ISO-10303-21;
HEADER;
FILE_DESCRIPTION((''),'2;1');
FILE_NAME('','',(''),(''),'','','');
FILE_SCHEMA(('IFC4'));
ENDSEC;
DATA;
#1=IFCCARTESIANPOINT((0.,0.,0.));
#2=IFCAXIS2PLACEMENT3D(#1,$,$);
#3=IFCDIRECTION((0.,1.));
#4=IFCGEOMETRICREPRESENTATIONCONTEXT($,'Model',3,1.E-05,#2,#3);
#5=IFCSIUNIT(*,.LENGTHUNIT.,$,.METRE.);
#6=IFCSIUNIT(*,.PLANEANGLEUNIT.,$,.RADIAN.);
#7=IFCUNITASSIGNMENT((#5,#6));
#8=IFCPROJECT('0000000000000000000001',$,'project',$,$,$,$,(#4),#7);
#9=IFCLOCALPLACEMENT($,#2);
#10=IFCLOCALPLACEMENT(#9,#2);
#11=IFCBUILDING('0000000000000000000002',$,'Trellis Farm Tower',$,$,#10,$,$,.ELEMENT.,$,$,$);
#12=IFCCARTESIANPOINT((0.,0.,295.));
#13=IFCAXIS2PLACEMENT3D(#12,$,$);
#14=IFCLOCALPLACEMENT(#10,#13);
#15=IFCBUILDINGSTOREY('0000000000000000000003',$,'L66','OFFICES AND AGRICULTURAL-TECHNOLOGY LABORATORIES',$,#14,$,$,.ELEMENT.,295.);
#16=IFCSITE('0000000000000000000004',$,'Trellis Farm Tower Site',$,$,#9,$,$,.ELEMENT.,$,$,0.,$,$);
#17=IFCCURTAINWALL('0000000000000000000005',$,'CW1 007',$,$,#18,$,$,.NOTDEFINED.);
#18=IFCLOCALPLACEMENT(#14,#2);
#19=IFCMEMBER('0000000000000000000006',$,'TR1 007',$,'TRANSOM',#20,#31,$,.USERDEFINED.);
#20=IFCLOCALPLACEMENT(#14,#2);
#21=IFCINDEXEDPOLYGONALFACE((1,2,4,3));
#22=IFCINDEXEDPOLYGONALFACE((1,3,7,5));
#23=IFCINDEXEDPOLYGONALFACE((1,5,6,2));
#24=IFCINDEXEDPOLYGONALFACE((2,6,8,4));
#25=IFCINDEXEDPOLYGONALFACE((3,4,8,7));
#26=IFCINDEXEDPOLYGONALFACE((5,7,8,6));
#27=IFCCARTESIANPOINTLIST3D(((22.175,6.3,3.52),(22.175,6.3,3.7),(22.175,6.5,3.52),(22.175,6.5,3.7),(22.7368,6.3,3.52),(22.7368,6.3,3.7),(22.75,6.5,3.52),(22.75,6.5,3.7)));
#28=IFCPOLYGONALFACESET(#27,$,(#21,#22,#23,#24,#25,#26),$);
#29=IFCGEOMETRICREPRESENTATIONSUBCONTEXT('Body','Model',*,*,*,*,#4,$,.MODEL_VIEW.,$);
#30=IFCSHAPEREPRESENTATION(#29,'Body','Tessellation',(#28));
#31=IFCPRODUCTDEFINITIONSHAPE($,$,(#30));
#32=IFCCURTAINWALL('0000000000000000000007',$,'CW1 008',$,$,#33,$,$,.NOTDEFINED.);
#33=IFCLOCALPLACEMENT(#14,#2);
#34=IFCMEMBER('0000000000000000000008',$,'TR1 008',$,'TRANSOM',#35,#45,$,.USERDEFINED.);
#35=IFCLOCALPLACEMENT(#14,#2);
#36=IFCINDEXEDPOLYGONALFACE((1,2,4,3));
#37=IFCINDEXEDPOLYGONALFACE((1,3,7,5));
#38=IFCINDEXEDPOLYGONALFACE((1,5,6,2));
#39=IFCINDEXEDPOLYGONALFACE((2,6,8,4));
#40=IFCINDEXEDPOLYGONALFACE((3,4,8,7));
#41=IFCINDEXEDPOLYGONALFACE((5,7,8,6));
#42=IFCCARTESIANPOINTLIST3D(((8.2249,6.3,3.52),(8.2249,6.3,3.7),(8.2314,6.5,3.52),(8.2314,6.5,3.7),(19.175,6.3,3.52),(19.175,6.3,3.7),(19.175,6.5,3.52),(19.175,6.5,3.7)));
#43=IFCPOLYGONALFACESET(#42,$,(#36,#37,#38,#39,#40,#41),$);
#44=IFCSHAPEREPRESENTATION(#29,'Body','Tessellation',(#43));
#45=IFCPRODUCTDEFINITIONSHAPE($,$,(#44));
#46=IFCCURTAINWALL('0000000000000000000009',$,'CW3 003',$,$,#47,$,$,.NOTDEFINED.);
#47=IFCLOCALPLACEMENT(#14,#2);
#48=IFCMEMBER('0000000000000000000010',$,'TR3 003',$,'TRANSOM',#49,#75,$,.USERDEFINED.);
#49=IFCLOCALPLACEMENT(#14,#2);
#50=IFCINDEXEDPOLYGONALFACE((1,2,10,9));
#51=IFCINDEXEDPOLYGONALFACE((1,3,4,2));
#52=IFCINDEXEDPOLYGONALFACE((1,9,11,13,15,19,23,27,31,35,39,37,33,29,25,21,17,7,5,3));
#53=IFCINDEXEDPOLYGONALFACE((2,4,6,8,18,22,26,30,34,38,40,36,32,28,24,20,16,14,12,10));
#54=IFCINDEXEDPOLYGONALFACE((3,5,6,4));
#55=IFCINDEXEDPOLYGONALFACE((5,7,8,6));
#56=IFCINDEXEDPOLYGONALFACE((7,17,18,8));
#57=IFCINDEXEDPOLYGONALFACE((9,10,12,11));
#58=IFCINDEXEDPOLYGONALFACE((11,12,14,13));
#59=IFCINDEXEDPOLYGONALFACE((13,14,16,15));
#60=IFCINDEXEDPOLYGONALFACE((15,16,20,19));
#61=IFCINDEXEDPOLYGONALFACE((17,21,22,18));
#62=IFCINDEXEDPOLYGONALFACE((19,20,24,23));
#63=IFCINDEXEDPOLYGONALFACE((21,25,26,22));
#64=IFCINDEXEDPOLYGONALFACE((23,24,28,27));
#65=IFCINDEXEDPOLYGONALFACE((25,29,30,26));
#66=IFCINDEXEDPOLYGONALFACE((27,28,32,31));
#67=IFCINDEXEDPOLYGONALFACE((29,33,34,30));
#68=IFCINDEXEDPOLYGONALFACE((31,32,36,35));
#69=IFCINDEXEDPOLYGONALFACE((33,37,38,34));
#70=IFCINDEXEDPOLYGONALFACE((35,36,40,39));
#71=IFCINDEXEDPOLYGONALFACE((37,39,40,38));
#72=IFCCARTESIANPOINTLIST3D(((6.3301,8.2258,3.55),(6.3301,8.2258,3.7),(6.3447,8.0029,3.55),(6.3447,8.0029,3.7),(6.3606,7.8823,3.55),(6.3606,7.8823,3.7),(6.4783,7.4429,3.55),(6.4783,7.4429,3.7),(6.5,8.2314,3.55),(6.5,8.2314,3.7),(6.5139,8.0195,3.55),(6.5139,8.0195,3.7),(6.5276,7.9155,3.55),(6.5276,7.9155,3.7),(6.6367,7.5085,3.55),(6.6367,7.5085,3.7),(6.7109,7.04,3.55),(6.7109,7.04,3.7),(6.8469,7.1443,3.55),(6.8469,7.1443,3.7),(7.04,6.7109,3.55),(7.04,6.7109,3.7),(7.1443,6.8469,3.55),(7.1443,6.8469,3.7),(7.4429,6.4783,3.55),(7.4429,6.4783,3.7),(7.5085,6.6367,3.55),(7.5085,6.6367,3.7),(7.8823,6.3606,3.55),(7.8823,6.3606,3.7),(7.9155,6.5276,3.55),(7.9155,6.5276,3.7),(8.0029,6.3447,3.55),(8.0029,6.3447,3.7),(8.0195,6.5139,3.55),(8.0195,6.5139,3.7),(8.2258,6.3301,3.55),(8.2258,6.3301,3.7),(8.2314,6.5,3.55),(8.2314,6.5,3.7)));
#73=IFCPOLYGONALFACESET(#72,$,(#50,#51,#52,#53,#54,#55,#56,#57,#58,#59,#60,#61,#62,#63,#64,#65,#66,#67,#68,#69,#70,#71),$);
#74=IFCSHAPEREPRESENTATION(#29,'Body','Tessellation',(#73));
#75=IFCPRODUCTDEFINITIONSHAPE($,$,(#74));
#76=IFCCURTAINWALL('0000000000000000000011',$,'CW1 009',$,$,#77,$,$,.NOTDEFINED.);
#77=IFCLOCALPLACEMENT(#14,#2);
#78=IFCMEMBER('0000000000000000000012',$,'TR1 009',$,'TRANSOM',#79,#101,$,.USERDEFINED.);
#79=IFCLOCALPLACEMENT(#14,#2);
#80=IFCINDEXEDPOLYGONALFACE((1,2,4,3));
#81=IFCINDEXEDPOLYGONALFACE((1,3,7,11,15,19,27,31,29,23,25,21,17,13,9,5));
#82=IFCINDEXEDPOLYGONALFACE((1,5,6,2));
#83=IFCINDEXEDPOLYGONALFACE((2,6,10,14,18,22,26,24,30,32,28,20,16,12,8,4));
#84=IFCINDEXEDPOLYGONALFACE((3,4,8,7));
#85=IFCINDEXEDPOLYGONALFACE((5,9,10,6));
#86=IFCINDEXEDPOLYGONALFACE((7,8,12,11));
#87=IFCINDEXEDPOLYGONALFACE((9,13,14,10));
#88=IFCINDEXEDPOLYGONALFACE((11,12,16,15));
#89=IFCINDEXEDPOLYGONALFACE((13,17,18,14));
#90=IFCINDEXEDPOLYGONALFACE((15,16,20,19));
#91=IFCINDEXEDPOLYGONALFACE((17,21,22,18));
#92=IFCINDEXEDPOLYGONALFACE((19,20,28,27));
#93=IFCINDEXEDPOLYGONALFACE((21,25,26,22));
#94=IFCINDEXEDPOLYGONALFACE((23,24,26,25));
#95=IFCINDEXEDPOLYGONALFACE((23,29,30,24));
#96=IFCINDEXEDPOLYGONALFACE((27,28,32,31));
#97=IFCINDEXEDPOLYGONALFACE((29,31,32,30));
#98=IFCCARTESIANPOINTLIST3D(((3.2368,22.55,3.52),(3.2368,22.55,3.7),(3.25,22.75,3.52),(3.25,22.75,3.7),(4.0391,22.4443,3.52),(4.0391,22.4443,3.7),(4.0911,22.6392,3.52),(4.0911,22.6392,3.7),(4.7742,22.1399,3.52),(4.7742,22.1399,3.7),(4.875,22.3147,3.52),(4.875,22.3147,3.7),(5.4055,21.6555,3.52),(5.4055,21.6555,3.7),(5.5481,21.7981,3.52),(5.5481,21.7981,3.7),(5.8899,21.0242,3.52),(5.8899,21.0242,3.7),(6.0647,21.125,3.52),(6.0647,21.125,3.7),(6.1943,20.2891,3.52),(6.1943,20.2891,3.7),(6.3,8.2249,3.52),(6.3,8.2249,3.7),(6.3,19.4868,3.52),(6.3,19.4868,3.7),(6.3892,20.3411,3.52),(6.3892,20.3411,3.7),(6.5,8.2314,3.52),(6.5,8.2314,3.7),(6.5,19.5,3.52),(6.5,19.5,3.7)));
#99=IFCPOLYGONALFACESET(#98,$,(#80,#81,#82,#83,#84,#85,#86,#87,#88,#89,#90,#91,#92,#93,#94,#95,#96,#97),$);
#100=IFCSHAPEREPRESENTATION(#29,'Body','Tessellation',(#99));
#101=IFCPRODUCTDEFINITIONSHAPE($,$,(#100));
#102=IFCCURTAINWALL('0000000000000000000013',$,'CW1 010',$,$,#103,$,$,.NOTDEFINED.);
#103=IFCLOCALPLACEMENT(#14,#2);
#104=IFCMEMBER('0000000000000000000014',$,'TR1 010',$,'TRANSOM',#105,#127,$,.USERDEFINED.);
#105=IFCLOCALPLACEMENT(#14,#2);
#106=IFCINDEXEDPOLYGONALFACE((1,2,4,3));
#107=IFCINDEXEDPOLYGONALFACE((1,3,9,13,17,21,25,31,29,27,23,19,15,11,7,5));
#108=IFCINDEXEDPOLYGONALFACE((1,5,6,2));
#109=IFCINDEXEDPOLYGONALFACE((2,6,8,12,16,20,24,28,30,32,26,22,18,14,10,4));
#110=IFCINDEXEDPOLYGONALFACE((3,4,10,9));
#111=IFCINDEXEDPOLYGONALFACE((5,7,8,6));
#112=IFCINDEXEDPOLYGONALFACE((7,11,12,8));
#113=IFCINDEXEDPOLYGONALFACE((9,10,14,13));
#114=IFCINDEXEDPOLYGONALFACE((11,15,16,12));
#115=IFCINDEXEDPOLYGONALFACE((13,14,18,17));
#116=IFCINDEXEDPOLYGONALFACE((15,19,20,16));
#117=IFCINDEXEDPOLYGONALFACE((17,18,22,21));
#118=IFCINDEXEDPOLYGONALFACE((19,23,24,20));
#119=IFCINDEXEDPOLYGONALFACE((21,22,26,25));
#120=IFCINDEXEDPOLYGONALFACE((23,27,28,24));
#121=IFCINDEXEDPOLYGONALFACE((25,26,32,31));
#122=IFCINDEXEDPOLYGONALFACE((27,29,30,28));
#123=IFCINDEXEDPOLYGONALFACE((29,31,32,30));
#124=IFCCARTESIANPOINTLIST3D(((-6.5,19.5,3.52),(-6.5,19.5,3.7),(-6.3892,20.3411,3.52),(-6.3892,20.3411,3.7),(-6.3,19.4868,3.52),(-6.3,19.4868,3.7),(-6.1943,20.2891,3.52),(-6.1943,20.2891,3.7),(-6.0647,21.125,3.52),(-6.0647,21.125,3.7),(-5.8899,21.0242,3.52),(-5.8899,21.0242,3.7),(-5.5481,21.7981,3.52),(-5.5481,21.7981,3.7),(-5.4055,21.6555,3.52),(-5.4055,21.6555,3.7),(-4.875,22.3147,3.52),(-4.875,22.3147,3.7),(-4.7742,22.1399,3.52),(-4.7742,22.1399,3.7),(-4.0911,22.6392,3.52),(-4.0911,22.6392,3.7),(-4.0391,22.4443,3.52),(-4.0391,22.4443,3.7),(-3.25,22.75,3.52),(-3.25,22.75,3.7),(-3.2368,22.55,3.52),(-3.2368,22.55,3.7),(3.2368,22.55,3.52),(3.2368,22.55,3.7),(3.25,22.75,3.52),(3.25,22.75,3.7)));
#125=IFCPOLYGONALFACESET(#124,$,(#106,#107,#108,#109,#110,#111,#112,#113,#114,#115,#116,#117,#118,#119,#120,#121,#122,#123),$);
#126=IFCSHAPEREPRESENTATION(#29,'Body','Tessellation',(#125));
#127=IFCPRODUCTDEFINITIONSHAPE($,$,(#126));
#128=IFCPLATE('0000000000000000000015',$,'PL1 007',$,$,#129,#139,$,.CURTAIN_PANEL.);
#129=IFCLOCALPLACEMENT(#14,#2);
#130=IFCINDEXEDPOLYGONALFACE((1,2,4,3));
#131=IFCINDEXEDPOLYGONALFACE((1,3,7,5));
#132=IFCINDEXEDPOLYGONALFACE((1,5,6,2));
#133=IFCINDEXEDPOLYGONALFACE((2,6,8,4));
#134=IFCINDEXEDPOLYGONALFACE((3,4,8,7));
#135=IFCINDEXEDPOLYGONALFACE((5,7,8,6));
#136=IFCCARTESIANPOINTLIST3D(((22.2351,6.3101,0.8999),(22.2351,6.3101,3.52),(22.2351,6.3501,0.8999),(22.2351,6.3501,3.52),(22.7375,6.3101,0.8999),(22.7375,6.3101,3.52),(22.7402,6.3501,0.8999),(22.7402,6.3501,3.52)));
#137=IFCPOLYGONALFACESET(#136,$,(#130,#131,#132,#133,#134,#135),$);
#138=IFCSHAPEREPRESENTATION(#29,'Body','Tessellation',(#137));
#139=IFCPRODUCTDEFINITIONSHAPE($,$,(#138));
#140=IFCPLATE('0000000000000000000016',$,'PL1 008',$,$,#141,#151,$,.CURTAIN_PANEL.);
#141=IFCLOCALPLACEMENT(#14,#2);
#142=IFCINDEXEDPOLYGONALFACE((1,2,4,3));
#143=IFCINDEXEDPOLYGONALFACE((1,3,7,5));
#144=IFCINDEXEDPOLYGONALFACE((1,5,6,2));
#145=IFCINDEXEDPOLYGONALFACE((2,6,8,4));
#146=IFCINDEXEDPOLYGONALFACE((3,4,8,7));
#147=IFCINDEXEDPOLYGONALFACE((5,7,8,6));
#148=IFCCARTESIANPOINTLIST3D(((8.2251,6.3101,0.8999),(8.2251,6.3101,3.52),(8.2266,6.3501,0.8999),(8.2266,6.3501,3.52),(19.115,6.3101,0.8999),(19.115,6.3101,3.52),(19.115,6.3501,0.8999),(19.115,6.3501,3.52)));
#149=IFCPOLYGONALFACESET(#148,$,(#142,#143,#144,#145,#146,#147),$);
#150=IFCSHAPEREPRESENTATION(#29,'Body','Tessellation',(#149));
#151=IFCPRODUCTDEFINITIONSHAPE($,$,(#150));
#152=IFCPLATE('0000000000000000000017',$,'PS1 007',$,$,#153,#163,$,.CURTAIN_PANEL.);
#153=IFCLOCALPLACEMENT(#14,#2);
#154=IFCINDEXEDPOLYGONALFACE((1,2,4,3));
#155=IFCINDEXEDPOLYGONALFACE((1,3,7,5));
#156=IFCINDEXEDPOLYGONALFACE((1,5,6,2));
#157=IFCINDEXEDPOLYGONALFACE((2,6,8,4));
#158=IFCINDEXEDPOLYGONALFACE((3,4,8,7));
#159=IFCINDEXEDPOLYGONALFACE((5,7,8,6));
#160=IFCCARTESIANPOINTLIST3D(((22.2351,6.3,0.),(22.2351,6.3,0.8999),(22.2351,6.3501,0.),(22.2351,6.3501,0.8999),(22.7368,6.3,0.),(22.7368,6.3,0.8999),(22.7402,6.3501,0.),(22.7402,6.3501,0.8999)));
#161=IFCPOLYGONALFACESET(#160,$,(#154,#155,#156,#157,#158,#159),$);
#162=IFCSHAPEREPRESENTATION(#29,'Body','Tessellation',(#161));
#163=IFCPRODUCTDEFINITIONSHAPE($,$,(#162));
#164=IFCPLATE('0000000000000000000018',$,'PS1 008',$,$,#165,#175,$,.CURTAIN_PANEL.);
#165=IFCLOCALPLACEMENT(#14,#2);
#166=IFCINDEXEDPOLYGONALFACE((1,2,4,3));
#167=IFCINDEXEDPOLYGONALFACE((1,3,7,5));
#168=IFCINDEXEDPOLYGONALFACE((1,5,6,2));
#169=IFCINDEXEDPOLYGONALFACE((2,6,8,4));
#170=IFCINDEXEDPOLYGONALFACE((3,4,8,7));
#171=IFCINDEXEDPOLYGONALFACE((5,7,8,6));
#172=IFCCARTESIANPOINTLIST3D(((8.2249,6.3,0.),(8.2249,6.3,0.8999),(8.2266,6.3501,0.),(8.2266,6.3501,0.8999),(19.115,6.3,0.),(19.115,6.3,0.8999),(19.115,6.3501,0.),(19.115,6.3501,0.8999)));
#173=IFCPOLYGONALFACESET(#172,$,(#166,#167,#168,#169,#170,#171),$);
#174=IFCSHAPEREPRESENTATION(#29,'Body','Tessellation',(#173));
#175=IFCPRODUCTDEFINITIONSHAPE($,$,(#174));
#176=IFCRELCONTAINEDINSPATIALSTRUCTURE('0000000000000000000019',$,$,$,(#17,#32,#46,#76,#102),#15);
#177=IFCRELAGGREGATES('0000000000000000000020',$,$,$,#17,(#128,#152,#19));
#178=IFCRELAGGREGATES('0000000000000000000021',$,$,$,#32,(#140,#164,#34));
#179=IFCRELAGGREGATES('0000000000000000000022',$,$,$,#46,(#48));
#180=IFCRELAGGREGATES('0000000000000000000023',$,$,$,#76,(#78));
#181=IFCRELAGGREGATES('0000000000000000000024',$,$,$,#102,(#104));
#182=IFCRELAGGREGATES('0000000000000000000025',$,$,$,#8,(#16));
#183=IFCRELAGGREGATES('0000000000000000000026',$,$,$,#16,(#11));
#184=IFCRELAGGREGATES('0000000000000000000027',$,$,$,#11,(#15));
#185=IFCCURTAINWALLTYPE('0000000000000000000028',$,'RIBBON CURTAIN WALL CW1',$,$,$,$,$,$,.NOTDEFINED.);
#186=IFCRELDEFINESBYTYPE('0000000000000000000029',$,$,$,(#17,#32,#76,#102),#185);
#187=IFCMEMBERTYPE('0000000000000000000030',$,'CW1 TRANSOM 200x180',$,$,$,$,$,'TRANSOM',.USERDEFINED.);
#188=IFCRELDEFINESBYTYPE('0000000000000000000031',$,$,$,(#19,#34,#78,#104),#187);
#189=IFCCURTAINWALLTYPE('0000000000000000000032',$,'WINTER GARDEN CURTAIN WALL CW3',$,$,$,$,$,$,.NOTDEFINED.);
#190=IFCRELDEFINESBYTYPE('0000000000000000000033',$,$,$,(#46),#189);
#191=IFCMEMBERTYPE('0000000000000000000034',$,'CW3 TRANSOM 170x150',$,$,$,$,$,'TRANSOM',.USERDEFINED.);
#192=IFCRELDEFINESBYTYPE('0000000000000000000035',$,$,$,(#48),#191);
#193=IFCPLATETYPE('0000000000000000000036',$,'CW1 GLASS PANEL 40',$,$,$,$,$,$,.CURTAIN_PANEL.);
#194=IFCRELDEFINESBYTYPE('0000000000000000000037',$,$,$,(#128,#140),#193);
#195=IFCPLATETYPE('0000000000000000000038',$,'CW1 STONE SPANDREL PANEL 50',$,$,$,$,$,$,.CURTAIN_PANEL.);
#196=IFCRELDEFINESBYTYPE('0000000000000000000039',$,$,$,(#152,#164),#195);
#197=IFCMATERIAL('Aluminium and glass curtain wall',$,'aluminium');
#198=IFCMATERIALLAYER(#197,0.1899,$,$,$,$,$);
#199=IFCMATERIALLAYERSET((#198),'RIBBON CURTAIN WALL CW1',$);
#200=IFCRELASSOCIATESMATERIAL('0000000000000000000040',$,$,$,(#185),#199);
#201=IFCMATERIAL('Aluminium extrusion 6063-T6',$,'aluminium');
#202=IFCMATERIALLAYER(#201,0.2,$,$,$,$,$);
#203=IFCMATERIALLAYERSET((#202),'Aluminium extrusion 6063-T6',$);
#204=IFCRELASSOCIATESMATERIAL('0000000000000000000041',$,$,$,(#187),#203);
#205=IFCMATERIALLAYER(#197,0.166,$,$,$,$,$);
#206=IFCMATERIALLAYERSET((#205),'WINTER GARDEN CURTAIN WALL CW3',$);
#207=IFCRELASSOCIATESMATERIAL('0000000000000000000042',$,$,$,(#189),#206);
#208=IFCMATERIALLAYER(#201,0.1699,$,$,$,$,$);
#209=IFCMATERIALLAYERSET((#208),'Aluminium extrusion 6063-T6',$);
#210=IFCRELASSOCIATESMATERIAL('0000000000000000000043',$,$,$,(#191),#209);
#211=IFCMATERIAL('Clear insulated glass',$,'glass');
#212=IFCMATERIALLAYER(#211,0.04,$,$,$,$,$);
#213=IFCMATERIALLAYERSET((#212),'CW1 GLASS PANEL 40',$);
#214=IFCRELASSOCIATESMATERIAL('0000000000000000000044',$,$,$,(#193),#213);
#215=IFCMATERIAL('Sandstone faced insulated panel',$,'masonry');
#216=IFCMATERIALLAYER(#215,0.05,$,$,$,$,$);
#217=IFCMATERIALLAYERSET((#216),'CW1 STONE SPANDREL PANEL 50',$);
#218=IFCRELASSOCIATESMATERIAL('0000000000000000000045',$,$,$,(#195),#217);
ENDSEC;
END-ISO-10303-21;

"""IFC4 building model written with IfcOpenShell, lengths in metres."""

from ifc_helpers import new_model, si_unit, direction, frame, origin, place, context, subcontext, project, spatial, polyline, outline, extrude, source, transform, mapped, material, layer, layer_set, type_object, element, aggregate, save


model = new_model("IFC4")

# Units and contexts
model_context = context("Model", 3, precision=1e-05, world=origin(), true_north=direction((0.0, 1.0)))
body_context = subcontext(model_context, "Body", "Model", "MODEL_VIEW")
ifc_project = project(units=[si_unit("LENGTHUNIT", "METRE"), si_unit("PLANEANGLEUNIT", "RADIAN")], contexts=[model_context])

# Site, building, storey
site_placement = place(None, origin())
site = spatial("IfcSite", under=ifc_project, at=site_placement, Name="Trellis Farm Tower Site", CompositionType="ELEMENT", RefElevation=0.0)
building_placement = place(site_placement, origin())
building = spatial("IfcBuilding", under=site, at=building_placement, Name="Trellis Farm Tower", CompositionType="ELEMENT")
storey_placement = place(building_placement, frame((0.0, 0.0, 295.0)))
storey = spatial("IfcBuildingStorey", under=building, at=storey_placement, Name="L66", Description="OFFICES AND AGRICULTURAL-TECHNOLOGY LABORATORIES", CompositionType="ELEMENT", Elevation=295.0)

# Curtain walls, members
ifc_material_1 = material(Name="Aluminium and glass curtain wall", Category="aluminium")
ifc_layer_1 = layer(ifc_material_1, 0.1899)
ifc_layer_set_1 = layer_set([ifc_layer_1], Name="RIBBON CURTAIN WALL CW1")
curtain_wall_type_1 = type_object("IfcCurtainWallType", Name="RIBBON CURTAIN WALL CW1", PredefinedType="NOTDEFINED", material=ifc_layer_set_1)
placement_1 = place(storey_placement, origin())
curtain_wall_1 = element("IfcCurtainWall", 1, at=placement_1, inside=storey, type_object=curtain_wall_type_1, Name="CW1 007", PredefinedType="NOTDEFINED")
ifc_material_2 = material(Name="Aluminium extrusion 6063-T6", Category="aluminium")
ifc_layer_2 = layer(ifc_material_2, 0.2)
ifc_layer_set_2 = layer_set([ifc_layer_2], Name="Aluminium extrusion 6063-T6")
member_type_1 = type_object("IfcMemberType", Name="CW1 TRANSOM 200x180", ElementType="TRANSOM", PredefinedType="USERDEFINED", material=ifc_layer_set_2)
placement_2 = place(storey_placement, frame((0.0, 0.0, 3.52)))
member_1 = element("IfcMember", 2, at=placement_2, type_object=member_type_1, Name="TR1 007", ObjectType="TRANSOM", PredefinedType="USERDEFINED", context=body_context, shape_type="SweptSolid", body=[
    extrude(outline(polyline([(22.75, 6.5), (22.175, 6.5), (22.175, 6.3), (22.7368, 6.3), (22.75, 6.5)])), origin(), (0.0, 0.0, 1.0), 0.1799),
])
curtain_wall_2 = element("IfcCurtainWall", 3, at=placement_1, inside=storey, type_object=curtain_wall_type_1, Name="CW1 008", PredefinedType="NOTDEFINED")
member_2 = element("IfcMember", 4, at=placement_2, type_object=member_type_1, Name="TR1 008", ObjectType="TRANSOM", PredefinedType="USERDEFINED", context=body_context, shape_type="SweptSolid", body=[
    extrude(outline(polyline([(19.175, 6.5), (8.2314, 6.5), (8.2249, 6.3), (19.175, 6.3), (19.175, 6.5)])), origin(), (0.0, 0.0, 1.0), 0.1799),
])
ifc_layer_3 = layer(ifc_material_1, 0.166)
ifc_layer_set_3 = layer_set([ifc_layer_3], Name="WINTER GARDEN CURTAIN WALL CW3")
curtain_wall_type_2 = type_object("IfcCurtainWallType", Name="WINTER GARDEN CURTAIN WALL CW3", PredefinedType="NOTDEFINED", material=ifc_layer_set_3)
curtain_wall_3 = element("IfcCurtainWall", 5, at=placement_1, inside=storey, type_object=curtain_wall_type_2, Name="CW3 003", PredefinedType="NOTDEFINED")
ifc_layer_4 = layer(ifc_material_2, 0.1699)
ifc_layer_set_4 = layer_set([ifc_layer_4], Name="Aluminium extrusion 6063-T6")
member_type_2 = type_object("IfcMemberType", Name="CW3 TRANSOM 170x150", ElementType="TRANSOM", PredefinedType="USERDEFINED", material=ifc_layer_set_4)
shared_shape_1 = source(origin(), body_context, "Body", "SweptSolid", [
    extrude(outline(polyline([(8.2314, 6.5), (8.0195, 6.5139), (7.9155, 6.5276), (7.5085, 6.6367), (7.1443, 6.8469), (6.8469, 7.1443), (6.6367, 7.5085), (6.5276, 7.9155), (6.5139, 8.0195), (6.5, 8.2314), (6.3301, 8.2258), (6.3447, 8.0029), (6.3606, 7.8823), (6.4783, 7.4429), (6.7109, 7.04), (7.04, 6.7109), (7.4429, 6.4783), (7.8823, 6.3606), (8.0029, 6.3447), (8.2258, 6.3301), (8.2314, 6.5)])), origin(), (0.0, 0.0, 1.0), 0.1499),
])
member_3_placement = place(storey_placement, frame((0.0, 0.0, 3.55)))
member_3 = element("IfcMember", 6, at=member_3_placement, type_object=member_type_2, Name="TR3 003", ObjectType="TRANSOM", PredefinedType="USERDEFINED", context=body_context, shape_type="MappedRepresentation", body=[
    mapped(shared_shape_1, transform((0.0, 0.0, 0.0))),
])
curtain_wall_4 = element("IfcCurtainWall", 7, at=placement_1, inside=storey, type_object=curtain_wall_type_1, Name="CW1 009", PredefinedType="NOTDEFINED")
shared_shape_2 = source(origin(), body_context, "Body", "SweptSolid", [
    extrude(outline(polyline([(6.5, 8.2314), (6.5, 19.5), (6.3892, 20.3411), (6.0647, 21.125), (5.5481, 21.7981), (4.875, 22.3147), (4.0911, 22.6392), (3.25, 22.75), (3.2368, 22.55), (4.0391, 22.4443), (4.7742, 22.1399), (5.4055, 21.6555), (5.8899, 21.0242), (6.1943, 20.2891), (6.3, 19.4868), (6.3, 8.2249), (6.5, 8.2314)])), origin(), (0.0, 0.0, 1.0), 0.1799),
])
member_4 = element("IfcMember", 8, at=placement_2, type_object=member_type_1, Name="TR1 009", ObjectType="TRANSOM", PredefinedType="USERDEFINED", context=body_context, shape_type="MappedRepresentation", body=[
    mapped(shared_shape_2, transform((0.0, 0.0, 0.0))),
])
curtain_wall_5 = element("IfcCurtainWall", 9, at=placement_1, inside=storey, type_object=curtain_wall_type_1, Name="CW1 010", PredefinedType="NOTDEFINED")
shared_shape_3 = source(origin(), body_context, "Body", "SweptSolid", [
    extrude(outline(polyline([(3.25, 22.75), (-3.25, 22.75), (-4.0911, 22.6392), (-4.875, 22.3147), (-5.5481, 21.7981), (-6.0647, 21.125), (-6.3892, 20.3411), (-6.5, 19.5), (-6.3, 19.4868), (-6.1943, 20.2891), (-5.8899, 21.0242), (-5.4055, 21.6555), (-4.7742, 22.1399), (-4.0391, 22.4443), (-3.2368, 22.55), (3.2368, 22.55), (3.25, 22.75)])), origin(), (0.0, 0.0, 1.0), 0.1799),
])
member_5 = element("IfcMember", 10, at=placement_2, type_object=member_type_1, Name="TR1 010", ObjectType="TRANSOM", PredefinedType="USERDEFINED", context=body_context, shape_type="MappedRepresentation", body=[
    mapped(shared_shape_3, transform((0.0, 0.0, 0.0))),
])

# Plates
ifc_material_3 = material(Name="Clear insulated glass", Category="glass")
ifc_layer_5 = layer(ifc_material_3, 0.04)
ifc_layer_set_5 = layer_set([ifc_layer_5], Name="CW1 GLASS PANEL 40")
plate_type_1 = type_object("IfcPlateType", Name="CW1 GLASS PANEL 40", PredefinedType="CURTAIN_PANEL", material=ifc_layer_set_5)
placement_3 = place(storey_placement, frame((0.0, 0.0, 0.8999)))
plate_1 = element("IfcPlate", 11, at=placement_3, type_object=plate_type_1, Name="PL1 007", PredefinedType="CURTAIN_PANEL", context=body_context, shape_type="SweptSolid", body=[
    extrude(outline(polyline([(22.7402, 6.3501), (22.2351, 6.3501), (22.2351, 6.3101), (22.7375, 6.3101), (22.7402, 6.3501)])), origin(), (0.0, 0.0, 1.0), 2.6201),
])
plate_2 = element("IfcPlate", 12, at=placement_3, type_object=plate_type_1, Name="PL1 008", PredefinedType="CURTAIN_PANEL", context=body_context, shape_type="SweptSolid", body=[
    extrude(outline(polyline([(19.115, 6.3501), (8.2266, 6.3501), (8.2251, 6.3101), (19.115, 6.3101), (19.115, 6.3501)])), origin(), (0.0, 0.0, 1.0), 2.6201),
])
ifc_material_4 = material(Name="Sandstone faced insulated panel", Category="masonry")
ifc_layer_6 = layer(ifc_material_4, 0.05)
ifc_layer_set_6 = layer_set([ifc_layer_6], Name="CW1 STONE SPANDREL PANEL 50")
plate_type_2 = type_object("IfcPlateType", Name="CW1 STONE SPANDREL PANEL 50", PredefinedType="CURTAIN_PANEL", material=ifc_layer_set_6)
plate_3 = element("IfcPlate", 13, at=placement_1, type_object=plate_type_2, Name="PS1 007", PredefinedType="CURTAIN_PANEL", context=body_context, shape_type="SweptSolid", body=[
    extrude(outline(polyline([(22.7402, 6.3501), (22.2351, 6.3501), (22.2351, 6.3), (22.7368, 6.3), (22.7402, 6.3501)])), origin(), (0.0, 0.0, 1.0), 0.8999),
])
aggregate(curtain_wall_1, [plate_1, plate_3, member_1])
plate_4 = element("IfcPlate", 14, at=placement_1, type_object=plate_type_2, Name="PS1 008", PredefinedType="CURTAIN_PANEL", context=body_context, shape_type="SweptSolid", body=[
    extrude(outline(polyline([(19.115, 6.3501), (8.2266, 6.3501), (8.2249, 6.3), (19.115, 6.3), (19.115, 6.3501)])), origin(), (0.0, 0.0, 1.0), 0.8999),
])
aggregate(curtain_wall_2, [plate_2, plate_4, member_2])
aggregate(curtain_wall_3, [member_3])
aggregate(curtain_wall_4, [member_4])
aggregate(curtain_wall_5, [member_5])

save(model, "model.ifc")
